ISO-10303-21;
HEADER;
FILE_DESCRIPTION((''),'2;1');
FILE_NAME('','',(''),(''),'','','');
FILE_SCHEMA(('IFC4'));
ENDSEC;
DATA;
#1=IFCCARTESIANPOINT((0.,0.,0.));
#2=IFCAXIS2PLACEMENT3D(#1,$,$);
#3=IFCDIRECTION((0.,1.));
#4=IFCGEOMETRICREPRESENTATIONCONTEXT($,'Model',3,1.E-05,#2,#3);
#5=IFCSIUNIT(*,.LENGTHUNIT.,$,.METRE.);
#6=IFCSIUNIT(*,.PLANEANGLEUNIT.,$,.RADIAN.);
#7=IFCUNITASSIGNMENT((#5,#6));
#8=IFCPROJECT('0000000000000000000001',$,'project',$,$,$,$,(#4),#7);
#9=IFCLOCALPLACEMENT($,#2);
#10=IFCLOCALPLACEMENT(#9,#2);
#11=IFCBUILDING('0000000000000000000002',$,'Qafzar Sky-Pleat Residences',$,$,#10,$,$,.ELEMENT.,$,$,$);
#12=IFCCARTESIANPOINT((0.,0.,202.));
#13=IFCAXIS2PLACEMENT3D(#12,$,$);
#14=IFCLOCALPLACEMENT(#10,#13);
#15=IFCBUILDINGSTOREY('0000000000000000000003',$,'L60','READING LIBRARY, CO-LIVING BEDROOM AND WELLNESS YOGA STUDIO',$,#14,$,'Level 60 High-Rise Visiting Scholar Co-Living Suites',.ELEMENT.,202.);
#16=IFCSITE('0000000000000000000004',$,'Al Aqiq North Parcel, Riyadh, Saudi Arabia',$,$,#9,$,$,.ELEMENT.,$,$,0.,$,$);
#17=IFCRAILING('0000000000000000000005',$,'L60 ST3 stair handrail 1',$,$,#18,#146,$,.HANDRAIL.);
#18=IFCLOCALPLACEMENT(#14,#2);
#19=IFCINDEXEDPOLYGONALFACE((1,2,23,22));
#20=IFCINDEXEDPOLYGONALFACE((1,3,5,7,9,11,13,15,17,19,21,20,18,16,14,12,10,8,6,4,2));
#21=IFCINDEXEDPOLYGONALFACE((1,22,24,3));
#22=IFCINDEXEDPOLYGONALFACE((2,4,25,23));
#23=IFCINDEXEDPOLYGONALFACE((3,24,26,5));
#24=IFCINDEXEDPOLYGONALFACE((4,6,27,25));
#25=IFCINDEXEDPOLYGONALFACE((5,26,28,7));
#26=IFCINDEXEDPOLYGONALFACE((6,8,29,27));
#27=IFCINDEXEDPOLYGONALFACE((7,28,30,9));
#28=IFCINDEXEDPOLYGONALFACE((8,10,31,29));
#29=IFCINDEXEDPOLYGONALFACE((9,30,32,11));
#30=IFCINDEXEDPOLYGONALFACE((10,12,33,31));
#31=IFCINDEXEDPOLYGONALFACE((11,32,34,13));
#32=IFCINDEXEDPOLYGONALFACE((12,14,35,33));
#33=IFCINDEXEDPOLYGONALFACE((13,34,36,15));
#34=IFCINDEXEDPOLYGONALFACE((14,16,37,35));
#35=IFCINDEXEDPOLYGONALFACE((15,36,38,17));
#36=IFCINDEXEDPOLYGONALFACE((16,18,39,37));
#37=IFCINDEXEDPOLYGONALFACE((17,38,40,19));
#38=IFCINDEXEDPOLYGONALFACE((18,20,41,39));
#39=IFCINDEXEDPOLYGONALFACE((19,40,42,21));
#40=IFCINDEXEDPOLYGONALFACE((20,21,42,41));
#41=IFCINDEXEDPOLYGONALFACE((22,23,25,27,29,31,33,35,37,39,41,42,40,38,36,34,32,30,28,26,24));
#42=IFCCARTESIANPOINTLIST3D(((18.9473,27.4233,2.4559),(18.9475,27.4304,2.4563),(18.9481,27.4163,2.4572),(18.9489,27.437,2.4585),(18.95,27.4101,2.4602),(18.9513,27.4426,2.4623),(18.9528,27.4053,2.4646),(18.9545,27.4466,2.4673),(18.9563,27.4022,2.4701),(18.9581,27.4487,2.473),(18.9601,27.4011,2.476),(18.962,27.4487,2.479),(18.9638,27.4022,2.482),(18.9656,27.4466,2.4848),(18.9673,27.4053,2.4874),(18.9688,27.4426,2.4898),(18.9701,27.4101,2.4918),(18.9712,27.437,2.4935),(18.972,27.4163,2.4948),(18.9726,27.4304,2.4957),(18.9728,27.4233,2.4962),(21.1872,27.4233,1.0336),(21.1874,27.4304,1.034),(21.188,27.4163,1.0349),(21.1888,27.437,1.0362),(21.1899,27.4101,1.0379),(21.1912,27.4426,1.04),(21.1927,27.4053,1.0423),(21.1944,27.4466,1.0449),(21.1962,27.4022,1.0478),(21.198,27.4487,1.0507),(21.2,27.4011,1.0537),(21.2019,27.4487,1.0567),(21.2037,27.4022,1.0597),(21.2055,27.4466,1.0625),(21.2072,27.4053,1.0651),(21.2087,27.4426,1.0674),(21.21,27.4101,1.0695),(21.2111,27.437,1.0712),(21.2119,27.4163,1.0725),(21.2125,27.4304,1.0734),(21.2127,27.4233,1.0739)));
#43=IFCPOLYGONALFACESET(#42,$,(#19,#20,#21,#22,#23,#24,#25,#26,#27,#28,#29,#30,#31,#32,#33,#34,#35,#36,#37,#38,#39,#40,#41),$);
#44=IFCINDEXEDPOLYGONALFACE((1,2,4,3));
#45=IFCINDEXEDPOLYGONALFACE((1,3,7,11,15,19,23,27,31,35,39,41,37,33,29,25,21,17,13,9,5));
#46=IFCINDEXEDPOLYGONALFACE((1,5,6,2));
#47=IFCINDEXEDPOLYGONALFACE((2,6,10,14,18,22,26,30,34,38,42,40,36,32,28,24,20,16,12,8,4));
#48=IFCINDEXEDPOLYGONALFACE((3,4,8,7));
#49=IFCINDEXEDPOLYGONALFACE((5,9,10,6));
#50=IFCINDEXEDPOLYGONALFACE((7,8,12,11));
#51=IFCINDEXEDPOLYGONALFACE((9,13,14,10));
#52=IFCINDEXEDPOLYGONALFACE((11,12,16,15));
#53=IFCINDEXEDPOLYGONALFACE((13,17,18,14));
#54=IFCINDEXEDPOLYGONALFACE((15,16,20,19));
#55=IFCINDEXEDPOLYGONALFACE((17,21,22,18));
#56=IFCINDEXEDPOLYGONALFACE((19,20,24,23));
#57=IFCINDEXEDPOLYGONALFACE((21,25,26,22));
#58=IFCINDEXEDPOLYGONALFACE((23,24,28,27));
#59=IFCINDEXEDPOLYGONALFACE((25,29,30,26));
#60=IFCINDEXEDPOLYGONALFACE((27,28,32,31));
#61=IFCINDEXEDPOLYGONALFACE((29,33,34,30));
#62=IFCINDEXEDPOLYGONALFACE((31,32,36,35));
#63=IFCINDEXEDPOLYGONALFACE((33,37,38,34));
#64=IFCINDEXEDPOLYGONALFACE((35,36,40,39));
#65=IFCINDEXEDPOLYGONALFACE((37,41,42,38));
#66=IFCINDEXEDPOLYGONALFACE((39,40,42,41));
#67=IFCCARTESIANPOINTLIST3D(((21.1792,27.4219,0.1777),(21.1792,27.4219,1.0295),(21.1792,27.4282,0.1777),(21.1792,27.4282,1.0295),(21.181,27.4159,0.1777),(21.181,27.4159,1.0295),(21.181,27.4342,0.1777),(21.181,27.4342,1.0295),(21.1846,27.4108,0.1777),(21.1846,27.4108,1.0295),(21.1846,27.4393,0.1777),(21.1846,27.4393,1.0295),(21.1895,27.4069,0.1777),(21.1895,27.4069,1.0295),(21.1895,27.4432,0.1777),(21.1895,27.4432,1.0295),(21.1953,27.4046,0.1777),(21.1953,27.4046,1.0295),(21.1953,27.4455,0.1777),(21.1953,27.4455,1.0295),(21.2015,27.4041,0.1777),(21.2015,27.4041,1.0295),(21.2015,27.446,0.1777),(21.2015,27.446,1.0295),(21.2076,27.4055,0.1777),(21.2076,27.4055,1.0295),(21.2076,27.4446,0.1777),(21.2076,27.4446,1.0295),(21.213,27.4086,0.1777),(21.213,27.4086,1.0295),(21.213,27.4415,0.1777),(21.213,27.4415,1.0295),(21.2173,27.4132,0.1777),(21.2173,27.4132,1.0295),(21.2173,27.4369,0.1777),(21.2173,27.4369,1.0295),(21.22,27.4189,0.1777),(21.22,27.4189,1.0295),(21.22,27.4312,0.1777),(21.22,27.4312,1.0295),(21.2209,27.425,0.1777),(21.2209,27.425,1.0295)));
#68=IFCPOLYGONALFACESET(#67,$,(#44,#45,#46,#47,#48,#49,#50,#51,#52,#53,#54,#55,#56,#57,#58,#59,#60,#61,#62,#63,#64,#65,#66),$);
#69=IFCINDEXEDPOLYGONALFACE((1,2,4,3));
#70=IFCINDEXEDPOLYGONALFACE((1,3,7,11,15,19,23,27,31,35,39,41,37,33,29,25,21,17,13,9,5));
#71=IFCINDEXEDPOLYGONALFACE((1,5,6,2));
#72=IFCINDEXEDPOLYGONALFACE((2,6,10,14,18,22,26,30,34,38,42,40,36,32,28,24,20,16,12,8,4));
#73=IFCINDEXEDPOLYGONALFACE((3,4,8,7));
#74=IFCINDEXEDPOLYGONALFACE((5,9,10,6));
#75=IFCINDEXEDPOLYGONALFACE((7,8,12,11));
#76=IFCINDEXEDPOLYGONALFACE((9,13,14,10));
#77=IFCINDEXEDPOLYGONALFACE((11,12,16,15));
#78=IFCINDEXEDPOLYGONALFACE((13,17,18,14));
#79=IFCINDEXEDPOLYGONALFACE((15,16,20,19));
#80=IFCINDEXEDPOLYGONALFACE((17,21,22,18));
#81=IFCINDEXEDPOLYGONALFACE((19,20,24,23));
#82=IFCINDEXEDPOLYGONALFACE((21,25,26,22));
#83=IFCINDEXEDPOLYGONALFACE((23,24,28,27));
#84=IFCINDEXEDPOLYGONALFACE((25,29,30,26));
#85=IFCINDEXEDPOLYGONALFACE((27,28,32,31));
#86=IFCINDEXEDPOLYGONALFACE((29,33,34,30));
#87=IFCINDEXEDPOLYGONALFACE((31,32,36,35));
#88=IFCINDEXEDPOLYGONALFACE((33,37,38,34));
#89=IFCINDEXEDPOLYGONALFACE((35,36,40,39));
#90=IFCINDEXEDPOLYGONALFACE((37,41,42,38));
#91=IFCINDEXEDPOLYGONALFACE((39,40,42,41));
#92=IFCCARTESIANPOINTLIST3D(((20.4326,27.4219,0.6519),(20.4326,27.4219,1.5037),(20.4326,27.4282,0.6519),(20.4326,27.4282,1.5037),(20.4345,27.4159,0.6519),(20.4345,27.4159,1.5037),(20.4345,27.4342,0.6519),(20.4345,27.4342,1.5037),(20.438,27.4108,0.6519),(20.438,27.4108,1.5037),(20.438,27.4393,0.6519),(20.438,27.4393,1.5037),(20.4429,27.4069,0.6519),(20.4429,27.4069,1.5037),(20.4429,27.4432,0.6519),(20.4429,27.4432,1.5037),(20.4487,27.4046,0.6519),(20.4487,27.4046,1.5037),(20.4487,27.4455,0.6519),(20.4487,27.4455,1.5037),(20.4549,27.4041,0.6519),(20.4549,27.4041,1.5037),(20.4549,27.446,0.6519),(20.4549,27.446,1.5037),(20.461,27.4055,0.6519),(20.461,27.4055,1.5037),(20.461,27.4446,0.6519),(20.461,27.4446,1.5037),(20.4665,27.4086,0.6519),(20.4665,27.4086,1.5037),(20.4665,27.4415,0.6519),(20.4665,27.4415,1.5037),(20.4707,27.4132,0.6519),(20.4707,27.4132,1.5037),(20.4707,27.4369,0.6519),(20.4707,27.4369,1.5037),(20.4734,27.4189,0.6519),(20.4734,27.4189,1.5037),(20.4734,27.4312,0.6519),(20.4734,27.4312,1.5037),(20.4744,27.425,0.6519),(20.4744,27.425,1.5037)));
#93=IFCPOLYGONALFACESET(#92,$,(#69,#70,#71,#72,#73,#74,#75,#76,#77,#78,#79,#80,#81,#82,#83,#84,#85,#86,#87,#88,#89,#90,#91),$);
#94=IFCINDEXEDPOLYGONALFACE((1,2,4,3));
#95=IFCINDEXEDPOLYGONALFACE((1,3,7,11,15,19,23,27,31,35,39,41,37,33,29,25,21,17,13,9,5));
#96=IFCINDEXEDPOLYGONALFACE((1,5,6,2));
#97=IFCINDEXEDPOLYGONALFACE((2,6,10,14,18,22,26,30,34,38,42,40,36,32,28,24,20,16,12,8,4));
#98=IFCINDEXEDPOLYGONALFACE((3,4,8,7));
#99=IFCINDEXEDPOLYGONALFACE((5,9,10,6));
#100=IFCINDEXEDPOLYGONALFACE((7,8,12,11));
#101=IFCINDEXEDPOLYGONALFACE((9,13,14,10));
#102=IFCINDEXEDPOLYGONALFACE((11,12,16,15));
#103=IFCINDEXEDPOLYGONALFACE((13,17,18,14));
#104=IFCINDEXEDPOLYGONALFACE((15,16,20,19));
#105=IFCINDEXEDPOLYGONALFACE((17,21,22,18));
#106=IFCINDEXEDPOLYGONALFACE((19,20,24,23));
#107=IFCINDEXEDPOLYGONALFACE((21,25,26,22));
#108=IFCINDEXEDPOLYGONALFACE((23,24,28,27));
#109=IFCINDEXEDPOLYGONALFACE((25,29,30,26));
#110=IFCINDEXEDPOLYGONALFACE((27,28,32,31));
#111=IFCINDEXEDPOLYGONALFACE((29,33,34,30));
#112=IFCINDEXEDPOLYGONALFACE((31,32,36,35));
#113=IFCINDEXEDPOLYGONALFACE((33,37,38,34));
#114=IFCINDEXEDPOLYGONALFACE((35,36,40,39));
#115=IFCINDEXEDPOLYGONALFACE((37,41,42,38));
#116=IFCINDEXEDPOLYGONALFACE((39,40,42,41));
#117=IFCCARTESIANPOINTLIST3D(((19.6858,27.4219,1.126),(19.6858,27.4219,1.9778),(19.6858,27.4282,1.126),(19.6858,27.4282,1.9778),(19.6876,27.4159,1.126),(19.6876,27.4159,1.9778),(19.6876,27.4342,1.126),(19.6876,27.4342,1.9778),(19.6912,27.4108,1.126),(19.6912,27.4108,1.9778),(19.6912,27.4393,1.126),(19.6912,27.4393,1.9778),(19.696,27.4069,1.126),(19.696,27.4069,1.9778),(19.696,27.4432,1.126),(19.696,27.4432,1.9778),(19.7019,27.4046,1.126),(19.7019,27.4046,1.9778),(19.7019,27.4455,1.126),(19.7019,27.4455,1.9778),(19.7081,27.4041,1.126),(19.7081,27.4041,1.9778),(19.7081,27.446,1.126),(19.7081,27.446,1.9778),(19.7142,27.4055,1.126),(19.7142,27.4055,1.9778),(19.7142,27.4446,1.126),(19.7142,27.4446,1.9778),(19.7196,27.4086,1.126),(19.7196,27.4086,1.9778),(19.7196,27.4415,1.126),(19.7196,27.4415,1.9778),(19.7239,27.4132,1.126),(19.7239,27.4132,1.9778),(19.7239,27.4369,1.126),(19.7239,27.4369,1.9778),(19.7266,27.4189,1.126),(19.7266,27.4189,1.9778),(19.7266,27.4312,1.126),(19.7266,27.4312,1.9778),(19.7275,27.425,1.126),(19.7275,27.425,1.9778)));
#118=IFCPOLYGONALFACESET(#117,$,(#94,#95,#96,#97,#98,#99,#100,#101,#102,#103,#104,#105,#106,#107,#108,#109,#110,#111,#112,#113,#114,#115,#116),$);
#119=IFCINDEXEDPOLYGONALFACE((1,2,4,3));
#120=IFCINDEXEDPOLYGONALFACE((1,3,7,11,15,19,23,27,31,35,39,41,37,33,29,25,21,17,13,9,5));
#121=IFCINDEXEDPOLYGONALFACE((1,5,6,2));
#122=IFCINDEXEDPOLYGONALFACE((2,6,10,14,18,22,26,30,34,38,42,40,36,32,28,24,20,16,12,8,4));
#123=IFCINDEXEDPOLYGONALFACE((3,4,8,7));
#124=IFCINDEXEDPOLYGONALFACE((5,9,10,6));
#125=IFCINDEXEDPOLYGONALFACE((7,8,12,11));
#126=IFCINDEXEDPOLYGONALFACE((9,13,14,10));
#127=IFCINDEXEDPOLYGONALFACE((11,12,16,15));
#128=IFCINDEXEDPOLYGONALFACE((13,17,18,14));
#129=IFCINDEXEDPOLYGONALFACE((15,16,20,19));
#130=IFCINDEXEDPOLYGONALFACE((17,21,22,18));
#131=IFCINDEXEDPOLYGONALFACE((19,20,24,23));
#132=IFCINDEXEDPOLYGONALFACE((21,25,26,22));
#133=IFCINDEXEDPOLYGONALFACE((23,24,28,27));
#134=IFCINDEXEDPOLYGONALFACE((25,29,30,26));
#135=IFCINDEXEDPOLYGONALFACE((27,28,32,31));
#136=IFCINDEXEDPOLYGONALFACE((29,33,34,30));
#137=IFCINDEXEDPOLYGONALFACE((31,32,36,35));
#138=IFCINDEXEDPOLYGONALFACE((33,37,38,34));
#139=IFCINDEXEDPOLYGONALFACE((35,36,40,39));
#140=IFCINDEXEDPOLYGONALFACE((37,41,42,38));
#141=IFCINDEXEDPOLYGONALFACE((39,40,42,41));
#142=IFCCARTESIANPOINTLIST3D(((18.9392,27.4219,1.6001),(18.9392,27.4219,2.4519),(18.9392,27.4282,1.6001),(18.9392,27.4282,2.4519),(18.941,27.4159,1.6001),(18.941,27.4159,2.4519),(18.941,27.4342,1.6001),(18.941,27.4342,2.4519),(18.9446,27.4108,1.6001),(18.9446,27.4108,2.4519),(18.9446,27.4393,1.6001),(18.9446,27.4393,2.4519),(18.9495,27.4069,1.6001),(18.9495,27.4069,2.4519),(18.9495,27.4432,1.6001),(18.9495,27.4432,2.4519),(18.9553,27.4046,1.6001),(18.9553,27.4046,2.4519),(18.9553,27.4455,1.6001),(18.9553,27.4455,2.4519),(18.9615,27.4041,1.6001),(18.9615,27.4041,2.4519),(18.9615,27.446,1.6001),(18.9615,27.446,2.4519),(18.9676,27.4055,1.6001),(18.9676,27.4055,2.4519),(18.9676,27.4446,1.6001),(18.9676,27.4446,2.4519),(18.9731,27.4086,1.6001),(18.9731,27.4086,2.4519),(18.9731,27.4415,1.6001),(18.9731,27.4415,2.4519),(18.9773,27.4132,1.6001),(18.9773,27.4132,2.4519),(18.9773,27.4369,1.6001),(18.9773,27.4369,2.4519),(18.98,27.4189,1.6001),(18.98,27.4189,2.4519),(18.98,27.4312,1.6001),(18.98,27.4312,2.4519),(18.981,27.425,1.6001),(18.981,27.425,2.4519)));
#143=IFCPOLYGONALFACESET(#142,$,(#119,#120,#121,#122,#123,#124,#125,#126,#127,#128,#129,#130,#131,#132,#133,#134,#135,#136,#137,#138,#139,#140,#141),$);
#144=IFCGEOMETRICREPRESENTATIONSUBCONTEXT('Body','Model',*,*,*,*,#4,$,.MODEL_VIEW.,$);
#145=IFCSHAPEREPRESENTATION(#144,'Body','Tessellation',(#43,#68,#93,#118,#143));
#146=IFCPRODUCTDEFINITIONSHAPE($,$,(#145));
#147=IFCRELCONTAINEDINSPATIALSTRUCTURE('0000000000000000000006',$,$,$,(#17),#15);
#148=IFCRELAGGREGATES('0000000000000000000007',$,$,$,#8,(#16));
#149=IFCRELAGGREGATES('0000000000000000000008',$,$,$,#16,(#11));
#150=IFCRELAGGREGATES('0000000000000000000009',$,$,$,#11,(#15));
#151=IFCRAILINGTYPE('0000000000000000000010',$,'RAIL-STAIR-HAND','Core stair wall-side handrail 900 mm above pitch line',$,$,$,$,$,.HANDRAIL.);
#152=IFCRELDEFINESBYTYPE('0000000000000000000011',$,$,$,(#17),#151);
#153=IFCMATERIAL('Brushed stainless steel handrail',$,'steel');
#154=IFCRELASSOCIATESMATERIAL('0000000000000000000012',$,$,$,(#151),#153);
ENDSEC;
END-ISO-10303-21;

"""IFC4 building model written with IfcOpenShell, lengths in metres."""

from ifc_helpers import new_model, si_unit, direction, frame, origin, origin_2d, place, context, subcontext, project, spatial, circle, extrude, source, transform, mapped, material, type_object, element, save


model = new_model("IFC4")

# Units and contexts
model_context = context("Model", 3, precision=1e-05, world=origin(), true_north=direction((0.0, 1.0)))
body_context = subcontext(model_context, "Body", "Model", "MODEL_VIEW")
ifc_project = project(units=[si_unit("LENGTHUNIT", "METRE"), si_unit("PLANEANGLEUNIT", "RADIAN")], contexts=[model_context])

# Site, building, storey
site_placement = place(None, origin())
site = spatial("IfcSite", under=ifc_project, at=site_placement, Name="Al Aqiq North Parcel, Riyadh, Saudi Arabia", CompositionType="ELEMENT", RefElevation=0.0)
building_placement = place(site_placement, origin())
building = spatial("IfcBuilding", under=site, at=building_placement, Name="Qafzar Sky-Pleat Residences", CompositionType="ELEMENT")
storey_placement = place(building_placement, frame((0.0, 0.0, 202.0)))
storey = spatial("IfcBuildingStorey", under=building, at=storey_placement, Name="L60", Description="READING LIBRARY, CO-LIVING BEDROOM AND WELLNESS YOGA STUDIO", LongName="Level 60 High-Rise Visiting Scholar Co-Living Suites", CompositionType="ELEMENT", Elevation=202.0)

# Railing
ifc_material_1 = material(Name="Brushed stainless steel handrail", Category="steel")
railing_type_1 = type_object("IfcRailingType", Name="RAIL-STAIR-HAND", Description="Core stair wall-side handrail 900 mm above pitch line", PredefinedType="HANDRAIL", material=ifc_material_1)
shared_shape_1 = source(origin(), body_context, "Body", "SweptSolid", [
    extrude(circle(Radius=0.0239, at=origin_2d()), frame((0.0, 0.0, 0.876), z_axis=(-0.844188, 0.0, 0.536048), x_axis=(0.0, -1.0, 0.0)), (0.0, 0.0, 1.0), 2.6533),
    extrude(circle(Radius=0.021, at=origin_2d()), origin(), (0.0, 0.0, 1.0), 0.8518),
    extrude(circle(Radius=0.021, at=origin_2d()), frame((-0.7466, 0.0, 0.4741)), (0.0, 0.0, 1.0), 0.8518),
    extrude(circle(Radius=0.021, at=origin_2d()), frame((-1.4934, 0.0, 0.9482)), (0.0, 0.0, 1.0), 0.8518),
    extrude(circle(Radius=0.021, at=origin_2d()), frame((-2.24, 0.0, 1.4224)), (0.0, 0.0, 1.0), 0.8518),
])
railing_1_placement = place(storey_placement, frame((21.2, 27.425, 0.1777)))
element("IfcRailing", 1, at=railing_1_placement, inside=storey, type_object=railing_type_1, Name="L60 ST3 stair handrail 1", PredefinedType="HANDRAIL", context=body_context, shape_type="MappedRepresentation", body=[
    mapped(shared_shape_1, transform((0.0, 0.0, 0.0), x_axis=(1.0, 0.0, 0.0), y_axis=(0.0, 1.0, 0.0), z_axis=(0.0, 0.0, 1.0), scale=1.0)),
])

save(model, "model.ifc")
